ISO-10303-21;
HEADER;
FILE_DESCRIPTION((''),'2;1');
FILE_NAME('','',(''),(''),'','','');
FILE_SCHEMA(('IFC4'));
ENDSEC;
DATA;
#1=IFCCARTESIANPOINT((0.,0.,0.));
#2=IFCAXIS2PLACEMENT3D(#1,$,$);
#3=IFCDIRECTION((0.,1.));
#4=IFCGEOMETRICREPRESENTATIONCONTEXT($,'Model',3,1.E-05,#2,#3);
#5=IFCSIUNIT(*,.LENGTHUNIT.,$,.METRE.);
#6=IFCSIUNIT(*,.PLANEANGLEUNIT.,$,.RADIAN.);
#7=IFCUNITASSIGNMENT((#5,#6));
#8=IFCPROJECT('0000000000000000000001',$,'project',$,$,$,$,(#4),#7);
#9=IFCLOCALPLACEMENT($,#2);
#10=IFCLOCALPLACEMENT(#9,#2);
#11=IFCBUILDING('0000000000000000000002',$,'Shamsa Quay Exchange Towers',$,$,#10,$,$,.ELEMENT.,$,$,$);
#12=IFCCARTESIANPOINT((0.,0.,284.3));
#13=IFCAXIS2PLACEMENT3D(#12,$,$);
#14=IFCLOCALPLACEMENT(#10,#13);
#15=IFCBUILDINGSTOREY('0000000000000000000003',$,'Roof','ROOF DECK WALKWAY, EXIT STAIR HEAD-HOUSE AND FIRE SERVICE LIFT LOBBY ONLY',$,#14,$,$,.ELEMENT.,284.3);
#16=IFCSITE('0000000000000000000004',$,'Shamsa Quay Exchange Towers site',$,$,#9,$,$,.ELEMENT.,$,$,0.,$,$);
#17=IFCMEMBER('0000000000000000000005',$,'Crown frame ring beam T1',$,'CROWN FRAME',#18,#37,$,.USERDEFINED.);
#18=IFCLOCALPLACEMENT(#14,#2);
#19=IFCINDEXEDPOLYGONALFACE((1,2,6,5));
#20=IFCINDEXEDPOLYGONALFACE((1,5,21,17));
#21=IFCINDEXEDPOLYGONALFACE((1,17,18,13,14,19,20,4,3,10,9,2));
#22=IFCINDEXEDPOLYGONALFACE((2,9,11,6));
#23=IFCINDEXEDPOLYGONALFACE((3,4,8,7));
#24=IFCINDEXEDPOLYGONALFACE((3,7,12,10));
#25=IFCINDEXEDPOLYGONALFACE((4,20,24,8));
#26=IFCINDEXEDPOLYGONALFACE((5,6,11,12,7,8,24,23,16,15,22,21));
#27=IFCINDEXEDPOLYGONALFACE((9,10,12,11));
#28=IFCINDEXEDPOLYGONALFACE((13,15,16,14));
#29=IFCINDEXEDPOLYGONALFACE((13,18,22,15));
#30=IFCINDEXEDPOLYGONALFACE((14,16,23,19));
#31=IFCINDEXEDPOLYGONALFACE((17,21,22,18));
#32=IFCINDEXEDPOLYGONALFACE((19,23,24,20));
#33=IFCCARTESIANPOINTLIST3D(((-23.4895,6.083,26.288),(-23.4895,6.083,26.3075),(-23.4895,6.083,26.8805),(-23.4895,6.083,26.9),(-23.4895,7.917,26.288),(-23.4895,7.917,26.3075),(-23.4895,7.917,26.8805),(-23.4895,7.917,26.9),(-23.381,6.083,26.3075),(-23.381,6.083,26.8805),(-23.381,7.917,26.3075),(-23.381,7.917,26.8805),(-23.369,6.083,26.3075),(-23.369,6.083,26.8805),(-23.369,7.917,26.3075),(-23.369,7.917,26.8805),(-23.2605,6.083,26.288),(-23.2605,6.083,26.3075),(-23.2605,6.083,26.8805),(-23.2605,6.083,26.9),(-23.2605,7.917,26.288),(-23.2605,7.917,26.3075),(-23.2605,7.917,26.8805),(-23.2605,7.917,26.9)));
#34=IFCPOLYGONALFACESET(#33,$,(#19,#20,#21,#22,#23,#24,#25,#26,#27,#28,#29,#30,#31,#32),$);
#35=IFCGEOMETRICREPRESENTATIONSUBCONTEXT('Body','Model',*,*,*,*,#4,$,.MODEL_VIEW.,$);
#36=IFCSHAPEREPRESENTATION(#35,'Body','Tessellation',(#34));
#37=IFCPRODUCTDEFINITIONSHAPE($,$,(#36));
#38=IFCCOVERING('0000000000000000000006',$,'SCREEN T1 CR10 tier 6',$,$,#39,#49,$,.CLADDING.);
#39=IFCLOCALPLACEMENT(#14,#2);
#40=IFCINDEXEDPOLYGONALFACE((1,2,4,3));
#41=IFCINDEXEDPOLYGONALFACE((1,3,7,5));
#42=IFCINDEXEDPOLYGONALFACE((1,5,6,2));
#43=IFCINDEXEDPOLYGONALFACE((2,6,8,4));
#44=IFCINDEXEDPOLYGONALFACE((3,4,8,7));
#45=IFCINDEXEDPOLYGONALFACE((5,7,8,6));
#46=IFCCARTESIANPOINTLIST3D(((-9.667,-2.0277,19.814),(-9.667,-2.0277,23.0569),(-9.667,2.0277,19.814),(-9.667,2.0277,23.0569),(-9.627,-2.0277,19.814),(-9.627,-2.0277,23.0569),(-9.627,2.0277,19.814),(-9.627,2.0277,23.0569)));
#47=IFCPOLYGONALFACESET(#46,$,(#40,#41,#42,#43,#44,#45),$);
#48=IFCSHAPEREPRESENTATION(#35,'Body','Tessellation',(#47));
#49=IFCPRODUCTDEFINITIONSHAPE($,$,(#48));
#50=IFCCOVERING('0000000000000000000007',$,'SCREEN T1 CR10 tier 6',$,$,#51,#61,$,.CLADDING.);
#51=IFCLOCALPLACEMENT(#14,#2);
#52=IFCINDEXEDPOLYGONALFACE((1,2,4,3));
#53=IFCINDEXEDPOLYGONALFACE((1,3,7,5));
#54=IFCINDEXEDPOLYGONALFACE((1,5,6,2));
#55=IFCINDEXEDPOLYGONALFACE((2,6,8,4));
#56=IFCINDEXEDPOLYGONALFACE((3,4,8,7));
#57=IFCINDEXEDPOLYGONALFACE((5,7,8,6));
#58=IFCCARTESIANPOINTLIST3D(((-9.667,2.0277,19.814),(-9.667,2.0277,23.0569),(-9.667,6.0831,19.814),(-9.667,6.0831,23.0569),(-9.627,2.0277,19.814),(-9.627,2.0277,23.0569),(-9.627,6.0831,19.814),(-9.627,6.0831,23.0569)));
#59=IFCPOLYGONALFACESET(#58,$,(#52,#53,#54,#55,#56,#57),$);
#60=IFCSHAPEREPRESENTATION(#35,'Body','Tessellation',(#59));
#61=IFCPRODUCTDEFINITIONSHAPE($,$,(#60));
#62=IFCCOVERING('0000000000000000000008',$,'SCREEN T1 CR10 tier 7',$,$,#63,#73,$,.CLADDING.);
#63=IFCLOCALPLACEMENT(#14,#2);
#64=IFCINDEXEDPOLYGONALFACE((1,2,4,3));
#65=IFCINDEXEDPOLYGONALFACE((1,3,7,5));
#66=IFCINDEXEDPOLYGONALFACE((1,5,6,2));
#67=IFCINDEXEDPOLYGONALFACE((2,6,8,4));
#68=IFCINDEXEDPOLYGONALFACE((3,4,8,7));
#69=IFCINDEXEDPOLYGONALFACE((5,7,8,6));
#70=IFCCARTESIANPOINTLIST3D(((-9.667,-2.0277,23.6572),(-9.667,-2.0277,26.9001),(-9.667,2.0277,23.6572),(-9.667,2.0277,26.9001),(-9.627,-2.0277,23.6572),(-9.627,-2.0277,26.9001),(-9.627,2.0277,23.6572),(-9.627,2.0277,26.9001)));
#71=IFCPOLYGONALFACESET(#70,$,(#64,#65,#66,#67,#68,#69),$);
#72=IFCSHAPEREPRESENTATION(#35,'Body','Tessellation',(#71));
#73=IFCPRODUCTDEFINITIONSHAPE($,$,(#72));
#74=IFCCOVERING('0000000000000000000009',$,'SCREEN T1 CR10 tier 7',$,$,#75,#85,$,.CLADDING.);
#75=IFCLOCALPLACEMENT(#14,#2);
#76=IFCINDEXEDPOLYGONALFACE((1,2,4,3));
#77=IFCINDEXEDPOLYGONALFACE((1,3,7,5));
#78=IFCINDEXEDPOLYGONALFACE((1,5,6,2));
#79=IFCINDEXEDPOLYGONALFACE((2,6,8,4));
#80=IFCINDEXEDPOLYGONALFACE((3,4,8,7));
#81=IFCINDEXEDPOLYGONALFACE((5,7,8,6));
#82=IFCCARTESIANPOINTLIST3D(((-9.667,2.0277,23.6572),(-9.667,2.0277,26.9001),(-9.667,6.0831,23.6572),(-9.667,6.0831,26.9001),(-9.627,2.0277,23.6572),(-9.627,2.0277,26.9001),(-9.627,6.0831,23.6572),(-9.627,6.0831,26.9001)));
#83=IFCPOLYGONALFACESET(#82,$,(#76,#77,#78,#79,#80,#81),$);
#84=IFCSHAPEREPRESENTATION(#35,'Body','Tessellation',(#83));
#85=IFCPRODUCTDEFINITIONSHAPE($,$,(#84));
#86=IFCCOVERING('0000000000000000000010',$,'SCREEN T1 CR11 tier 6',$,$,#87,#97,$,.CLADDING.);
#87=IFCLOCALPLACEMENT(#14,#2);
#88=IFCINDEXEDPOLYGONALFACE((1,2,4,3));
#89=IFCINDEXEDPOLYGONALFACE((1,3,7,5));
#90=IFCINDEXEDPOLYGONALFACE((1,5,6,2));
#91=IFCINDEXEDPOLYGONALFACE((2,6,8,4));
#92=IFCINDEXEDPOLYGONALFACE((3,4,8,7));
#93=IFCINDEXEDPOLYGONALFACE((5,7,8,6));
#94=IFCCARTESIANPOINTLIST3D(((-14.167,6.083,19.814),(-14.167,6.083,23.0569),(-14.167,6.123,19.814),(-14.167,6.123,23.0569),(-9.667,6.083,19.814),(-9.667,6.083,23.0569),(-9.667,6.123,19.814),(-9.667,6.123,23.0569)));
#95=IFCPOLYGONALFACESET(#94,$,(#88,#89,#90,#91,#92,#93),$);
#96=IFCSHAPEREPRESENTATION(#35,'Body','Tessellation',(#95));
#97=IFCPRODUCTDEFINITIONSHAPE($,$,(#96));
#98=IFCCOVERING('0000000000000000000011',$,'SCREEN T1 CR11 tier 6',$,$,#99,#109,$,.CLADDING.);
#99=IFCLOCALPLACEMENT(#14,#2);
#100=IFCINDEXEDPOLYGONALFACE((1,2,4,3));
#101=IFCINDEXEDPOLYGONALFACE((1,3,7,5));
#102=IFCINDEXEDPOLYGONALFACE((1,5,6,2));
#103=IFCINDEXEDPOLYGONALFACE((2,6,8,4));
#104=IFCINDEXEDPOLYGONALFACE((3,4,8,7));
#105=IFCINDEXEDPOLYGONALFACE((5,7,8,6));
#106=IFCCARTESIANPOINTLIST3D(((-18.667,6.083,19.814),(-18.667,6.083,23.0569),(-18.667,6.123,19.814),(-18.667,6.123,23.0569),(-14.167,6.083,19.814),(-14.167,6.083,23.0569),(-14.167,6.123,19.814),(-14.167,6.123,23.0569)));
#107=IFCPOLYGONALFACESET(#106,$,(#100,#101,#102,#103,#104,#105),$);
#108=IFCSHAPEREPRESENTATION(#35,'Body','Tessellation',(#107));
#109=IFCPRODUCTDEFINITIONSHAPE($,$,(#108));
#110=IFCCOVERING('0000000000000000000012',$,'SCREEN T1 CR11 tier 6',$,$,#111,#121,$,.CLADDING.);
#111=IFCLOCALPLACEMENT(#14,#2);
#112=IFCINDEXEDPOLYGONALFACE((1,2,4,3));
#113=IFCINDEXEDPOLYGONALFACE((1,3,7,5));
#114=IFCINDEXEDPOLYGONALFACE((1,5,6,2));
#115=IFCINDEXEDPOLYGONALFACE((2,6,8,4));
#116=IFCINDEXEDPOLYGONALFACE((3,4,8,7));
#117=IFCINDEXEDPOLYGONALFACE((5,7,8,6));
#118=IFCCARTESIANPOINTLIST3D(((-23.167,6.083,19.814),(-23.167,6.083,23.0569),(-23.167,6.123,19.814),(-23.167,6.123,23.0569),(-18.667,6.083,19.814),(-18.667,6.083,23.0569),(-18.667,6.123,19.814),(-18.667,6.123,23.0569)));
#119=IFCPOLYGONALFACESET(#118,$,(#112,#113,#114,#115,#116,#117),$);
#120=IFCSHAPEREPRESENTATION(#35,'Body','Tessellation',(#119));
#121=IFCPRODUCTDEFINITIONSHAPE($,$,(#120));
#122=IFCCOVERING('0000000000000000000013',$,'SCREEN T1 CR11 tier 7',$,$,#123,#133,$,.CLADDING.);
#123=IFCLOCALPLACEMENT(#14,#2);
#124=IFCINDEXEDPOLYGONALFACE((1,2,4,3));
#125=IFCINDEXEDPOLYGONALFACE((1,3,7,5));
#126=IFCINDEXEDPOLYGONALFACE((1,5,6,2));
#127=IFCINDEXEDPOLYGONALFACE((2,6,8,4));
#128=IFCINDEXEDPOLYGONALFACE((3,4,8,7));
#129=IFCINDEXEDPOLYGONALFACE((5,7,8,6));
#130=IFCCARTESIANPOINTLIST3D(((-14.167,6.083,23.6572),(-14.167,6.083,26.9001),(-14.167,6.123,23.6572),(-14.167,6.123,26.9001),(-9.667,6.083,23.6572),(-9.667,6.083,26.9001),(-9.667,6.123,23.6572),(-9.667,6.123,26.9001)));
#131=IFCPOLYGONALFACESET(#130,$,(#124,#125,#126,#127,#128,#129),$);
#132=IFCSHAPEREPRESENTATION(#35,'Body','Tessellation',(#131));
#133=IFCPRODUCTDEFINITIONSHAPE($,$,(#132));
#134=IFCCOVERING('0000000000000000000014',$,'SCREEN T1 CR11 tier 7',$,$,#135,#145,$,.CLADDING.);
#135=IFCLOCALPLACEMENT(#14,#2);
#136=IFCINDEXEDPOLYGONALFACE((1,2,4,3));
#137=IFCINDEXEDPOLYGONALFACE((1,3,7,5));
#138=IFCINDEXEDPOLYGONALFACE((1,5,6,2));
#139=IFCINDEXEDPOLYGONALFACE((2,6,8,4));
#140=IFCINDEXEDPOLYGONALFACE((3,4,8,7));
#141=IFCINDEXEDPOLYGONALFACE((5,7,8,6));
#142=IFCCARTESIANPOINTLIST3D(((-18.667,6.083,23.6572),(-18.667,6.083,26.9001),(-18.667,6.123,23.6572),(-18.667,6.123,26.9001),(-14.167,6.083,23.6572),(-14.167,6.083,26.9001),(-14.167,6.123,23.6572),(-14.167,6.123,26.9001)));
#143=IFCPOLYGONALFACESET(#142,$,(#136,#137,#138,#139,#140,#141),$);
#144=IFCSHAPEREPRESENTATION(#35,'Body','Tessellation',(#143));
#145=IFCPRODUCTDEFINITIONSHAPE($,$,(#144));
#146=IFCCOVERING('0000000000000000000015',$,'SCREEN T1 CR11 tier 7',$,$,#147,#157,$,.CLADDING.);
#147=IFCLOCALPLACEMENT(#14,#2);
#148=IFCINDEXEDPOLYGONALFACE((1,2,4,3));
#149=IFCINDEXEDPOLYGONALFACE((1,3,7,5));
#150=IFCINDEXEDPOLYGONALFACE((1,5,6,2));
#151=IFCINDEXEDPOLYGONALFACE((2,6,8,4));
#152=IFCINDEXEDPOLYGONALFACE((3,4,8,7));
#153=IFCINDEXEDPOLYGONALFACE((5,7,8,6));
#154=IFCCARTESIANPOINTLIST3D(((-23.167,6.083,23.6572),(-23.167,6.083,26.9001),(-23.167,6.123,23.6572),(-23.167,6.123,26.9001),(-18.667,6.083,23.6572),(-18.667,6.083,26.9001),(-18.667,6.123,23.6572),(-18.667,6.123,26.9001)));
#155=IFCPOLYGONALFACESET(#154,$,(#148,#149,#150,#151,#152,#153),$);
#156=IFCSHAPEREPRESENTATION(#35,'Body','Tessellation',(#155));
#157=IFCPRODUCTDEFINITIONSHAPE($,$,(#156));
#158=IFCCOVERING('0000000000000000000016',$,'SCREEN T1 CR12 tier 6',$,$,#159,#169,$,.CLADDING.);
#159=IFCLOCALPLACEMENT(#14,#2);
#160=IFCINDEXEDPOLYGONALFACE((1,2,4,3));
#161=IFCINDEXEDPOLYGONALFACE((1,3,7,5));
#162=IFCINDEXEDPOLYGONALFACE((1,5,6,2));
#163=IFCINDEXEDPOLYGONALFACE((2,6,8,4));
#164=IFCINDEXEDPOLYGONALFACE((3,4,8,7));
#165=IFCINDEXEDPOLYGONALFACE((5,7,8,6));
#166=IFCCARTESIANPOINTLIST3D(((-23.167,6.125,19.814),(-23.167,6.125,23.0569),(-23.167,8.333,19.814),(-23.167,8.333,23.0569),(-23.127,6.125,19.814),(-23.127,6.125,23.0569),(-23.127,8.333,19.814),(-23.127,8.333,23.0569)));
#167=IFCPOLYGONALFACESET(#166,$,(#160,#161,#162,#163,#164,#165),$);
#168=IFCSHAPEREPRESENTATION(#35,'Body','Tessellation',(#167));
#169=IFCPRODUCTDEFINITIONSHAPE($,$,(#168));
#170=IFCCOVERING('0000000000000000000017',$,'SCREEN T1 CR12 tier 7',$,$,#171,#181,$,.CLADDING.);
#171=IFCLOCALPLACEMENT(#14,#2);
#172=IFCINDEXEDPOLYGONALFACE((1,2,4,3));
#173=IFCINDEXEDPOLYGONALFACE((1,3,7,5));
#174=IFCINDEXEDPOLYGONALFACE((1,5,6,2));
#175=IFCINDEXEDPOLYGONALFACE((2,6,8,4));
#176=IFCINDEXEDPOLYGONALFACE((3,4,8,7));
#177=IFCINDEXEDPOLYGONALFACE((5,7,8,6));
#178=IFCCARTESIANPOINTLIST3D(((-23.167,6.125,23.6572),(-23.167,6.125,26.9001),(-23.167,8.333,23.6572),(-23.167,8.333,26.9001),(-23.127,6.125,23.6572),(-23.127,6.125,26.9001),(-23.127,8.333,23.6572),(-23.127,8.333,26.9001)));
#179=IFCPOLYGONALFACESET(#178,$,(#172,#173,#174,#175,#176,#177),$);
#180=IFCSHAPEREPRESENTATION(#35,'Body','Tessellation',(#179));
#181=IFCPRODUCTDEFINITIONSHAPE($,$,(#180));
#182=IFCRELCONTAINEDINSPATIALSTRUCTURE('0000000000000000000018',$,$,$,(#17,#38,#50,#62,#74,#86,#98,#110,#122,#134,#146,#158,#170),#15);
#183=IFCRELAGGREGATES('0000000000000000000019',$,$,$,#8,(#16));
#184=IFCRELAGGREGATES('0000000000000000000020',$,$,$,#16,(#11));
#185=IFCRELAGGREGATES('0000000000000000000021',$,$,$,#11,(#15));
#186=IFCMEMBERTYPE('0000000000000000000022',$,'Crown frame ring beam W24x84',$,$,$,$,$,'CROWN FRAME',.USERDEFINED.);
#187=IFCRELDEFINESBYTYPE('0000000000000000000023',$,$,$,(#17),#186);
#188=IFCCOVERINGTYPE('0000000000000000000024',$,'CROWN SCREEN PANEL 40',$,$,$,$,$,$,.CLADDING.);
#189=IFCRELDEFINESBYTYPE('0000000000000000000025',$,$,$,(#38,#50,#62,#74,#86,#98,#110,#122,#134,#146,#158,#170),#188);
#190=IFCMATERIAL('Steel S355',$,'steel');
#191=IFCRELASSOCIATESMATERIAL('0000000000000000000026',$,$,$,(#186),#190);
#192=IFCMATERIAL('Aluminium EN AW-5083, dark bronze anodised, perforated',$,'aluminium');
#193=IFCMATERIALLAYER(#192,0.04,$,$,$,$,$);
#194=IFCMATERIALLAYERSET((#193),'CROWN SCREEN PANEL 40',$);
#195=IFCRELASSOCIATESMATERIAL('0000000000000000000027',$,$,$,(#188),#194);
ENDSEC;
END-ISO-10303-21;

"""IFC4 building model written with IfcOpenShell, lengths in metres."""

from ifc_helpers import new_model, si_unit, direction, frame, origin, origin_2d, place, context, subcontext, project, spatial, rectangle, i_section, extrude, material, layer, layer_set, material_profile, profile_set, type_object, element, save


model = new_model("IFC4")

# Units and contexts
model_context = context("Model", 3, precision=1e-05, world=origin(), true_north=direction((0.0, 1.0)))
body_context = subcontext(model_context, "Body", "Model", "MODEL_VIEW")
ifc_project = project(units=[si_unit("LENGTHUNIT", "METRE"), si_unit("PLANEANGLEUNIT", "RADIAN")], contexts=[model_context])

# Site, building, storey
site_placement = place(None, origin())
site = spatial("IfcSite", under=ifc_project, at=site_placement, Name="Shamsa Quay Exchange Towers site", CompositionType="ELEMENT", RefElevation=0.0)
building_placement = place(site_placement, origin())
building = spatial("IfcBuilding", under=site, at=building_placement, Name="Shamsa Quay Exchange Towers", CompositionType="ELEMENT")
storey_placement = place(building_placement, frame((0.0, 0.0, 284.3)))
storey = spatial("IfcBuildingStorey", under=building, at=storey_placement, Name="Roof", Description="ROOF DECK WALKWAY, EXIT STAIR HEAD-HOUSE AND FIRE SERVICE LIFT LOBBY ONLY", CompositionType="ELEMENT", Elevation=284.3)

# Member
ifc_material_1 = material(Name="Steel S355", Category="steel")
ifc_material_profile_1 = material_profile(ifc_material_1, i_section(OverallWidth=0.229, OverallDepth=0.6121, WebThickness=0.012, FlangeThickness=0.0195, at=origin_2d()), Name="W24x84")
ifc_profile_set_1 = profile_set([ifc_material_profile_1], Name="Steel S355")
member_type_1 = type_object("IfcMemberType", Name="Crown frame ring beam W24x84", ElementType="CROWN FRAME", PredefinedType="USERDEFINED", material=ifc_profile_set_1)
member_1_placement = place(storey_placement, frame((-23.375, 6.083, 26.594), z_axis=(0.0, 1.0, 0.0), x_axis=(-1.0, 0.0, 0.0)))
element("IfcMember", 1, at=member_1_placement, inside=storey, type_object=member_type_1, Name="Crown frame ring beam T1", ObjectType="CROWN FRAME", PredefinedType="USERDEFINED", context=body_context, shape_type="SweptSolid", body=[
    extrude(i_section(OverallWidth=0.229, OverallDepth=0.6121, WebThickness=0.012, FlangeThickness=0.0195, at=origin_2d()), origin(), (0.0, 0.0, 1.0), 1.834),
])

# Coverings
ifc_material_2 = material(Name="Aluminium EN AW-5083, dark bronze anodised, perforated", Category="aluminium")
ifc_layer = layer(ifc_material_2, 0.04)
ifc_layer_set = layer_set([ifc_layer], Name="CROWN SCREEN PANEL 40")
covering_type = type_object("IfcCoveringType", Name="CROWN SCREEN PANEL 40", PredefinedType="CLADDING", material=ifc_layer_set)
for number, where, z_axis, x_axis, name in (
    (2, (-9.647, 0.0, 19.814), (0.0, 0.0, 1.0), (0.0, 1.0, 0.0), "SCREEN T1 CR10 tier 6"),
    (3, (-9.647, 4.0554, 19.814), (0.0, 0.0, 1.0), (0.0, 1.0, 0.0), "SCREEN T1 CR10 tier 6"),
    (4, (-9.647, 0.0, 23.6572), (0.0, 0.0, 1.0), (0.0, 1.0, 0.0), "SCREEN T1 CR10 tier 7"),
    (5, (-9.647, 4.0554, 23.6572), (0.0, 0.0, 1.0), (0.0, 1.0, 0.0), "SCREEN T1 CR10 tier 7"),
):
    element("IfcCovering", number, at=place(storey_placement, frame(where, z_axis=z_axis, x_axis=x_axis)), inside=storey, type_object=covering_type, Name=name, PredefinedType="CLADDING", context=body_context, shape_type="SweptSolid", body=[
        extrude(rectangle(XDim=4.0554, YDim=0.04, at=origin_2d()), origin(), (0.0, 0.0, 1.0), 3.2429),
    ])
for number, where, z_axis, x_axis, name in (
    (6, (-11.917, 6.103, 19.814), (0.0, 0.0, 1.0), (-1.0, 0.0, 0.0), "SCREEN T1 CR11 tier 6"),
    (7, (-16.417, 6.103, 19.814), (0.0, 0.0, 1.0), (-1.0, 0.0, 0.0), "SCREEN T1 CR11 tier 6"),
    (8, (-20.917, 6.103, 19.814), (0.0, 0.0, 1.0), (-1.0, 0.0, 0.0), "SCREEN T1 CR11 tier 6"),
    (9, (-11.917, 6.103, 23.6572), (0.0, 0.0, 1.0), (-1.0, 0.0, 0.0), "SCREEN T1 CR11 tier 7"),
    (10, (-16.417, 6.103, 23.6572), (0.0, 0.0, 1.0), (-1.0, 0.0, 0.0), "SCREEN T1 CR11 tier 7"),
    (11, (-20.917, 6.103, 23.6572), (0.0, 0.0, 1.0), (-1.0, 0.0, 0.0), "SCREEN T1 CR11 tier 7"),
):
    element("IfcCovering", number, at=place(storey_placement, frame(where, z_axis=z_axis, x_axis=x_axis)), inside=storey, type_object=covering_type, Name=name, PredefinedType="CLADDING", context=body_context, shape_type="SweptSolid", body=[
        extrude(rectangle(XDim=4.5, YDim=0.04, at=origin_2d()), origin(), (0.0, 0.0, 1.0), 3.2429),
    ])
for number, where, z_axis, x_axis, name in (
    (12, (-23.147, 7.229, 19.814), (0.0, 0.0, 1.0), (0.0, 1.0, 0.0), "SCREEN T1 CR12 tier 6"),
    (13, (-23.147, 7.229, 23.6572), (0.0, 0.0, 1.0), (0.0, 1.0, 0.0), "SCREEN T1 CR12 tier 7"),
):
    element("IfcCovering", number, at=place(storey_placement, frame(where, z_axis=z_axis, x_axis=x_axis)), inside=storey, type_object=covering_type, Name=name, PredefinedType="CLADDING", context=body_context, shape_type="SweptSolid", body=[
        extrude(rectangle(XDim=2.208, YDim=0.04, at=origin_2d()), origin(), (0.0, 0.0, 1.0), 3.2429),
    ])

save(model, "model.ifc")
